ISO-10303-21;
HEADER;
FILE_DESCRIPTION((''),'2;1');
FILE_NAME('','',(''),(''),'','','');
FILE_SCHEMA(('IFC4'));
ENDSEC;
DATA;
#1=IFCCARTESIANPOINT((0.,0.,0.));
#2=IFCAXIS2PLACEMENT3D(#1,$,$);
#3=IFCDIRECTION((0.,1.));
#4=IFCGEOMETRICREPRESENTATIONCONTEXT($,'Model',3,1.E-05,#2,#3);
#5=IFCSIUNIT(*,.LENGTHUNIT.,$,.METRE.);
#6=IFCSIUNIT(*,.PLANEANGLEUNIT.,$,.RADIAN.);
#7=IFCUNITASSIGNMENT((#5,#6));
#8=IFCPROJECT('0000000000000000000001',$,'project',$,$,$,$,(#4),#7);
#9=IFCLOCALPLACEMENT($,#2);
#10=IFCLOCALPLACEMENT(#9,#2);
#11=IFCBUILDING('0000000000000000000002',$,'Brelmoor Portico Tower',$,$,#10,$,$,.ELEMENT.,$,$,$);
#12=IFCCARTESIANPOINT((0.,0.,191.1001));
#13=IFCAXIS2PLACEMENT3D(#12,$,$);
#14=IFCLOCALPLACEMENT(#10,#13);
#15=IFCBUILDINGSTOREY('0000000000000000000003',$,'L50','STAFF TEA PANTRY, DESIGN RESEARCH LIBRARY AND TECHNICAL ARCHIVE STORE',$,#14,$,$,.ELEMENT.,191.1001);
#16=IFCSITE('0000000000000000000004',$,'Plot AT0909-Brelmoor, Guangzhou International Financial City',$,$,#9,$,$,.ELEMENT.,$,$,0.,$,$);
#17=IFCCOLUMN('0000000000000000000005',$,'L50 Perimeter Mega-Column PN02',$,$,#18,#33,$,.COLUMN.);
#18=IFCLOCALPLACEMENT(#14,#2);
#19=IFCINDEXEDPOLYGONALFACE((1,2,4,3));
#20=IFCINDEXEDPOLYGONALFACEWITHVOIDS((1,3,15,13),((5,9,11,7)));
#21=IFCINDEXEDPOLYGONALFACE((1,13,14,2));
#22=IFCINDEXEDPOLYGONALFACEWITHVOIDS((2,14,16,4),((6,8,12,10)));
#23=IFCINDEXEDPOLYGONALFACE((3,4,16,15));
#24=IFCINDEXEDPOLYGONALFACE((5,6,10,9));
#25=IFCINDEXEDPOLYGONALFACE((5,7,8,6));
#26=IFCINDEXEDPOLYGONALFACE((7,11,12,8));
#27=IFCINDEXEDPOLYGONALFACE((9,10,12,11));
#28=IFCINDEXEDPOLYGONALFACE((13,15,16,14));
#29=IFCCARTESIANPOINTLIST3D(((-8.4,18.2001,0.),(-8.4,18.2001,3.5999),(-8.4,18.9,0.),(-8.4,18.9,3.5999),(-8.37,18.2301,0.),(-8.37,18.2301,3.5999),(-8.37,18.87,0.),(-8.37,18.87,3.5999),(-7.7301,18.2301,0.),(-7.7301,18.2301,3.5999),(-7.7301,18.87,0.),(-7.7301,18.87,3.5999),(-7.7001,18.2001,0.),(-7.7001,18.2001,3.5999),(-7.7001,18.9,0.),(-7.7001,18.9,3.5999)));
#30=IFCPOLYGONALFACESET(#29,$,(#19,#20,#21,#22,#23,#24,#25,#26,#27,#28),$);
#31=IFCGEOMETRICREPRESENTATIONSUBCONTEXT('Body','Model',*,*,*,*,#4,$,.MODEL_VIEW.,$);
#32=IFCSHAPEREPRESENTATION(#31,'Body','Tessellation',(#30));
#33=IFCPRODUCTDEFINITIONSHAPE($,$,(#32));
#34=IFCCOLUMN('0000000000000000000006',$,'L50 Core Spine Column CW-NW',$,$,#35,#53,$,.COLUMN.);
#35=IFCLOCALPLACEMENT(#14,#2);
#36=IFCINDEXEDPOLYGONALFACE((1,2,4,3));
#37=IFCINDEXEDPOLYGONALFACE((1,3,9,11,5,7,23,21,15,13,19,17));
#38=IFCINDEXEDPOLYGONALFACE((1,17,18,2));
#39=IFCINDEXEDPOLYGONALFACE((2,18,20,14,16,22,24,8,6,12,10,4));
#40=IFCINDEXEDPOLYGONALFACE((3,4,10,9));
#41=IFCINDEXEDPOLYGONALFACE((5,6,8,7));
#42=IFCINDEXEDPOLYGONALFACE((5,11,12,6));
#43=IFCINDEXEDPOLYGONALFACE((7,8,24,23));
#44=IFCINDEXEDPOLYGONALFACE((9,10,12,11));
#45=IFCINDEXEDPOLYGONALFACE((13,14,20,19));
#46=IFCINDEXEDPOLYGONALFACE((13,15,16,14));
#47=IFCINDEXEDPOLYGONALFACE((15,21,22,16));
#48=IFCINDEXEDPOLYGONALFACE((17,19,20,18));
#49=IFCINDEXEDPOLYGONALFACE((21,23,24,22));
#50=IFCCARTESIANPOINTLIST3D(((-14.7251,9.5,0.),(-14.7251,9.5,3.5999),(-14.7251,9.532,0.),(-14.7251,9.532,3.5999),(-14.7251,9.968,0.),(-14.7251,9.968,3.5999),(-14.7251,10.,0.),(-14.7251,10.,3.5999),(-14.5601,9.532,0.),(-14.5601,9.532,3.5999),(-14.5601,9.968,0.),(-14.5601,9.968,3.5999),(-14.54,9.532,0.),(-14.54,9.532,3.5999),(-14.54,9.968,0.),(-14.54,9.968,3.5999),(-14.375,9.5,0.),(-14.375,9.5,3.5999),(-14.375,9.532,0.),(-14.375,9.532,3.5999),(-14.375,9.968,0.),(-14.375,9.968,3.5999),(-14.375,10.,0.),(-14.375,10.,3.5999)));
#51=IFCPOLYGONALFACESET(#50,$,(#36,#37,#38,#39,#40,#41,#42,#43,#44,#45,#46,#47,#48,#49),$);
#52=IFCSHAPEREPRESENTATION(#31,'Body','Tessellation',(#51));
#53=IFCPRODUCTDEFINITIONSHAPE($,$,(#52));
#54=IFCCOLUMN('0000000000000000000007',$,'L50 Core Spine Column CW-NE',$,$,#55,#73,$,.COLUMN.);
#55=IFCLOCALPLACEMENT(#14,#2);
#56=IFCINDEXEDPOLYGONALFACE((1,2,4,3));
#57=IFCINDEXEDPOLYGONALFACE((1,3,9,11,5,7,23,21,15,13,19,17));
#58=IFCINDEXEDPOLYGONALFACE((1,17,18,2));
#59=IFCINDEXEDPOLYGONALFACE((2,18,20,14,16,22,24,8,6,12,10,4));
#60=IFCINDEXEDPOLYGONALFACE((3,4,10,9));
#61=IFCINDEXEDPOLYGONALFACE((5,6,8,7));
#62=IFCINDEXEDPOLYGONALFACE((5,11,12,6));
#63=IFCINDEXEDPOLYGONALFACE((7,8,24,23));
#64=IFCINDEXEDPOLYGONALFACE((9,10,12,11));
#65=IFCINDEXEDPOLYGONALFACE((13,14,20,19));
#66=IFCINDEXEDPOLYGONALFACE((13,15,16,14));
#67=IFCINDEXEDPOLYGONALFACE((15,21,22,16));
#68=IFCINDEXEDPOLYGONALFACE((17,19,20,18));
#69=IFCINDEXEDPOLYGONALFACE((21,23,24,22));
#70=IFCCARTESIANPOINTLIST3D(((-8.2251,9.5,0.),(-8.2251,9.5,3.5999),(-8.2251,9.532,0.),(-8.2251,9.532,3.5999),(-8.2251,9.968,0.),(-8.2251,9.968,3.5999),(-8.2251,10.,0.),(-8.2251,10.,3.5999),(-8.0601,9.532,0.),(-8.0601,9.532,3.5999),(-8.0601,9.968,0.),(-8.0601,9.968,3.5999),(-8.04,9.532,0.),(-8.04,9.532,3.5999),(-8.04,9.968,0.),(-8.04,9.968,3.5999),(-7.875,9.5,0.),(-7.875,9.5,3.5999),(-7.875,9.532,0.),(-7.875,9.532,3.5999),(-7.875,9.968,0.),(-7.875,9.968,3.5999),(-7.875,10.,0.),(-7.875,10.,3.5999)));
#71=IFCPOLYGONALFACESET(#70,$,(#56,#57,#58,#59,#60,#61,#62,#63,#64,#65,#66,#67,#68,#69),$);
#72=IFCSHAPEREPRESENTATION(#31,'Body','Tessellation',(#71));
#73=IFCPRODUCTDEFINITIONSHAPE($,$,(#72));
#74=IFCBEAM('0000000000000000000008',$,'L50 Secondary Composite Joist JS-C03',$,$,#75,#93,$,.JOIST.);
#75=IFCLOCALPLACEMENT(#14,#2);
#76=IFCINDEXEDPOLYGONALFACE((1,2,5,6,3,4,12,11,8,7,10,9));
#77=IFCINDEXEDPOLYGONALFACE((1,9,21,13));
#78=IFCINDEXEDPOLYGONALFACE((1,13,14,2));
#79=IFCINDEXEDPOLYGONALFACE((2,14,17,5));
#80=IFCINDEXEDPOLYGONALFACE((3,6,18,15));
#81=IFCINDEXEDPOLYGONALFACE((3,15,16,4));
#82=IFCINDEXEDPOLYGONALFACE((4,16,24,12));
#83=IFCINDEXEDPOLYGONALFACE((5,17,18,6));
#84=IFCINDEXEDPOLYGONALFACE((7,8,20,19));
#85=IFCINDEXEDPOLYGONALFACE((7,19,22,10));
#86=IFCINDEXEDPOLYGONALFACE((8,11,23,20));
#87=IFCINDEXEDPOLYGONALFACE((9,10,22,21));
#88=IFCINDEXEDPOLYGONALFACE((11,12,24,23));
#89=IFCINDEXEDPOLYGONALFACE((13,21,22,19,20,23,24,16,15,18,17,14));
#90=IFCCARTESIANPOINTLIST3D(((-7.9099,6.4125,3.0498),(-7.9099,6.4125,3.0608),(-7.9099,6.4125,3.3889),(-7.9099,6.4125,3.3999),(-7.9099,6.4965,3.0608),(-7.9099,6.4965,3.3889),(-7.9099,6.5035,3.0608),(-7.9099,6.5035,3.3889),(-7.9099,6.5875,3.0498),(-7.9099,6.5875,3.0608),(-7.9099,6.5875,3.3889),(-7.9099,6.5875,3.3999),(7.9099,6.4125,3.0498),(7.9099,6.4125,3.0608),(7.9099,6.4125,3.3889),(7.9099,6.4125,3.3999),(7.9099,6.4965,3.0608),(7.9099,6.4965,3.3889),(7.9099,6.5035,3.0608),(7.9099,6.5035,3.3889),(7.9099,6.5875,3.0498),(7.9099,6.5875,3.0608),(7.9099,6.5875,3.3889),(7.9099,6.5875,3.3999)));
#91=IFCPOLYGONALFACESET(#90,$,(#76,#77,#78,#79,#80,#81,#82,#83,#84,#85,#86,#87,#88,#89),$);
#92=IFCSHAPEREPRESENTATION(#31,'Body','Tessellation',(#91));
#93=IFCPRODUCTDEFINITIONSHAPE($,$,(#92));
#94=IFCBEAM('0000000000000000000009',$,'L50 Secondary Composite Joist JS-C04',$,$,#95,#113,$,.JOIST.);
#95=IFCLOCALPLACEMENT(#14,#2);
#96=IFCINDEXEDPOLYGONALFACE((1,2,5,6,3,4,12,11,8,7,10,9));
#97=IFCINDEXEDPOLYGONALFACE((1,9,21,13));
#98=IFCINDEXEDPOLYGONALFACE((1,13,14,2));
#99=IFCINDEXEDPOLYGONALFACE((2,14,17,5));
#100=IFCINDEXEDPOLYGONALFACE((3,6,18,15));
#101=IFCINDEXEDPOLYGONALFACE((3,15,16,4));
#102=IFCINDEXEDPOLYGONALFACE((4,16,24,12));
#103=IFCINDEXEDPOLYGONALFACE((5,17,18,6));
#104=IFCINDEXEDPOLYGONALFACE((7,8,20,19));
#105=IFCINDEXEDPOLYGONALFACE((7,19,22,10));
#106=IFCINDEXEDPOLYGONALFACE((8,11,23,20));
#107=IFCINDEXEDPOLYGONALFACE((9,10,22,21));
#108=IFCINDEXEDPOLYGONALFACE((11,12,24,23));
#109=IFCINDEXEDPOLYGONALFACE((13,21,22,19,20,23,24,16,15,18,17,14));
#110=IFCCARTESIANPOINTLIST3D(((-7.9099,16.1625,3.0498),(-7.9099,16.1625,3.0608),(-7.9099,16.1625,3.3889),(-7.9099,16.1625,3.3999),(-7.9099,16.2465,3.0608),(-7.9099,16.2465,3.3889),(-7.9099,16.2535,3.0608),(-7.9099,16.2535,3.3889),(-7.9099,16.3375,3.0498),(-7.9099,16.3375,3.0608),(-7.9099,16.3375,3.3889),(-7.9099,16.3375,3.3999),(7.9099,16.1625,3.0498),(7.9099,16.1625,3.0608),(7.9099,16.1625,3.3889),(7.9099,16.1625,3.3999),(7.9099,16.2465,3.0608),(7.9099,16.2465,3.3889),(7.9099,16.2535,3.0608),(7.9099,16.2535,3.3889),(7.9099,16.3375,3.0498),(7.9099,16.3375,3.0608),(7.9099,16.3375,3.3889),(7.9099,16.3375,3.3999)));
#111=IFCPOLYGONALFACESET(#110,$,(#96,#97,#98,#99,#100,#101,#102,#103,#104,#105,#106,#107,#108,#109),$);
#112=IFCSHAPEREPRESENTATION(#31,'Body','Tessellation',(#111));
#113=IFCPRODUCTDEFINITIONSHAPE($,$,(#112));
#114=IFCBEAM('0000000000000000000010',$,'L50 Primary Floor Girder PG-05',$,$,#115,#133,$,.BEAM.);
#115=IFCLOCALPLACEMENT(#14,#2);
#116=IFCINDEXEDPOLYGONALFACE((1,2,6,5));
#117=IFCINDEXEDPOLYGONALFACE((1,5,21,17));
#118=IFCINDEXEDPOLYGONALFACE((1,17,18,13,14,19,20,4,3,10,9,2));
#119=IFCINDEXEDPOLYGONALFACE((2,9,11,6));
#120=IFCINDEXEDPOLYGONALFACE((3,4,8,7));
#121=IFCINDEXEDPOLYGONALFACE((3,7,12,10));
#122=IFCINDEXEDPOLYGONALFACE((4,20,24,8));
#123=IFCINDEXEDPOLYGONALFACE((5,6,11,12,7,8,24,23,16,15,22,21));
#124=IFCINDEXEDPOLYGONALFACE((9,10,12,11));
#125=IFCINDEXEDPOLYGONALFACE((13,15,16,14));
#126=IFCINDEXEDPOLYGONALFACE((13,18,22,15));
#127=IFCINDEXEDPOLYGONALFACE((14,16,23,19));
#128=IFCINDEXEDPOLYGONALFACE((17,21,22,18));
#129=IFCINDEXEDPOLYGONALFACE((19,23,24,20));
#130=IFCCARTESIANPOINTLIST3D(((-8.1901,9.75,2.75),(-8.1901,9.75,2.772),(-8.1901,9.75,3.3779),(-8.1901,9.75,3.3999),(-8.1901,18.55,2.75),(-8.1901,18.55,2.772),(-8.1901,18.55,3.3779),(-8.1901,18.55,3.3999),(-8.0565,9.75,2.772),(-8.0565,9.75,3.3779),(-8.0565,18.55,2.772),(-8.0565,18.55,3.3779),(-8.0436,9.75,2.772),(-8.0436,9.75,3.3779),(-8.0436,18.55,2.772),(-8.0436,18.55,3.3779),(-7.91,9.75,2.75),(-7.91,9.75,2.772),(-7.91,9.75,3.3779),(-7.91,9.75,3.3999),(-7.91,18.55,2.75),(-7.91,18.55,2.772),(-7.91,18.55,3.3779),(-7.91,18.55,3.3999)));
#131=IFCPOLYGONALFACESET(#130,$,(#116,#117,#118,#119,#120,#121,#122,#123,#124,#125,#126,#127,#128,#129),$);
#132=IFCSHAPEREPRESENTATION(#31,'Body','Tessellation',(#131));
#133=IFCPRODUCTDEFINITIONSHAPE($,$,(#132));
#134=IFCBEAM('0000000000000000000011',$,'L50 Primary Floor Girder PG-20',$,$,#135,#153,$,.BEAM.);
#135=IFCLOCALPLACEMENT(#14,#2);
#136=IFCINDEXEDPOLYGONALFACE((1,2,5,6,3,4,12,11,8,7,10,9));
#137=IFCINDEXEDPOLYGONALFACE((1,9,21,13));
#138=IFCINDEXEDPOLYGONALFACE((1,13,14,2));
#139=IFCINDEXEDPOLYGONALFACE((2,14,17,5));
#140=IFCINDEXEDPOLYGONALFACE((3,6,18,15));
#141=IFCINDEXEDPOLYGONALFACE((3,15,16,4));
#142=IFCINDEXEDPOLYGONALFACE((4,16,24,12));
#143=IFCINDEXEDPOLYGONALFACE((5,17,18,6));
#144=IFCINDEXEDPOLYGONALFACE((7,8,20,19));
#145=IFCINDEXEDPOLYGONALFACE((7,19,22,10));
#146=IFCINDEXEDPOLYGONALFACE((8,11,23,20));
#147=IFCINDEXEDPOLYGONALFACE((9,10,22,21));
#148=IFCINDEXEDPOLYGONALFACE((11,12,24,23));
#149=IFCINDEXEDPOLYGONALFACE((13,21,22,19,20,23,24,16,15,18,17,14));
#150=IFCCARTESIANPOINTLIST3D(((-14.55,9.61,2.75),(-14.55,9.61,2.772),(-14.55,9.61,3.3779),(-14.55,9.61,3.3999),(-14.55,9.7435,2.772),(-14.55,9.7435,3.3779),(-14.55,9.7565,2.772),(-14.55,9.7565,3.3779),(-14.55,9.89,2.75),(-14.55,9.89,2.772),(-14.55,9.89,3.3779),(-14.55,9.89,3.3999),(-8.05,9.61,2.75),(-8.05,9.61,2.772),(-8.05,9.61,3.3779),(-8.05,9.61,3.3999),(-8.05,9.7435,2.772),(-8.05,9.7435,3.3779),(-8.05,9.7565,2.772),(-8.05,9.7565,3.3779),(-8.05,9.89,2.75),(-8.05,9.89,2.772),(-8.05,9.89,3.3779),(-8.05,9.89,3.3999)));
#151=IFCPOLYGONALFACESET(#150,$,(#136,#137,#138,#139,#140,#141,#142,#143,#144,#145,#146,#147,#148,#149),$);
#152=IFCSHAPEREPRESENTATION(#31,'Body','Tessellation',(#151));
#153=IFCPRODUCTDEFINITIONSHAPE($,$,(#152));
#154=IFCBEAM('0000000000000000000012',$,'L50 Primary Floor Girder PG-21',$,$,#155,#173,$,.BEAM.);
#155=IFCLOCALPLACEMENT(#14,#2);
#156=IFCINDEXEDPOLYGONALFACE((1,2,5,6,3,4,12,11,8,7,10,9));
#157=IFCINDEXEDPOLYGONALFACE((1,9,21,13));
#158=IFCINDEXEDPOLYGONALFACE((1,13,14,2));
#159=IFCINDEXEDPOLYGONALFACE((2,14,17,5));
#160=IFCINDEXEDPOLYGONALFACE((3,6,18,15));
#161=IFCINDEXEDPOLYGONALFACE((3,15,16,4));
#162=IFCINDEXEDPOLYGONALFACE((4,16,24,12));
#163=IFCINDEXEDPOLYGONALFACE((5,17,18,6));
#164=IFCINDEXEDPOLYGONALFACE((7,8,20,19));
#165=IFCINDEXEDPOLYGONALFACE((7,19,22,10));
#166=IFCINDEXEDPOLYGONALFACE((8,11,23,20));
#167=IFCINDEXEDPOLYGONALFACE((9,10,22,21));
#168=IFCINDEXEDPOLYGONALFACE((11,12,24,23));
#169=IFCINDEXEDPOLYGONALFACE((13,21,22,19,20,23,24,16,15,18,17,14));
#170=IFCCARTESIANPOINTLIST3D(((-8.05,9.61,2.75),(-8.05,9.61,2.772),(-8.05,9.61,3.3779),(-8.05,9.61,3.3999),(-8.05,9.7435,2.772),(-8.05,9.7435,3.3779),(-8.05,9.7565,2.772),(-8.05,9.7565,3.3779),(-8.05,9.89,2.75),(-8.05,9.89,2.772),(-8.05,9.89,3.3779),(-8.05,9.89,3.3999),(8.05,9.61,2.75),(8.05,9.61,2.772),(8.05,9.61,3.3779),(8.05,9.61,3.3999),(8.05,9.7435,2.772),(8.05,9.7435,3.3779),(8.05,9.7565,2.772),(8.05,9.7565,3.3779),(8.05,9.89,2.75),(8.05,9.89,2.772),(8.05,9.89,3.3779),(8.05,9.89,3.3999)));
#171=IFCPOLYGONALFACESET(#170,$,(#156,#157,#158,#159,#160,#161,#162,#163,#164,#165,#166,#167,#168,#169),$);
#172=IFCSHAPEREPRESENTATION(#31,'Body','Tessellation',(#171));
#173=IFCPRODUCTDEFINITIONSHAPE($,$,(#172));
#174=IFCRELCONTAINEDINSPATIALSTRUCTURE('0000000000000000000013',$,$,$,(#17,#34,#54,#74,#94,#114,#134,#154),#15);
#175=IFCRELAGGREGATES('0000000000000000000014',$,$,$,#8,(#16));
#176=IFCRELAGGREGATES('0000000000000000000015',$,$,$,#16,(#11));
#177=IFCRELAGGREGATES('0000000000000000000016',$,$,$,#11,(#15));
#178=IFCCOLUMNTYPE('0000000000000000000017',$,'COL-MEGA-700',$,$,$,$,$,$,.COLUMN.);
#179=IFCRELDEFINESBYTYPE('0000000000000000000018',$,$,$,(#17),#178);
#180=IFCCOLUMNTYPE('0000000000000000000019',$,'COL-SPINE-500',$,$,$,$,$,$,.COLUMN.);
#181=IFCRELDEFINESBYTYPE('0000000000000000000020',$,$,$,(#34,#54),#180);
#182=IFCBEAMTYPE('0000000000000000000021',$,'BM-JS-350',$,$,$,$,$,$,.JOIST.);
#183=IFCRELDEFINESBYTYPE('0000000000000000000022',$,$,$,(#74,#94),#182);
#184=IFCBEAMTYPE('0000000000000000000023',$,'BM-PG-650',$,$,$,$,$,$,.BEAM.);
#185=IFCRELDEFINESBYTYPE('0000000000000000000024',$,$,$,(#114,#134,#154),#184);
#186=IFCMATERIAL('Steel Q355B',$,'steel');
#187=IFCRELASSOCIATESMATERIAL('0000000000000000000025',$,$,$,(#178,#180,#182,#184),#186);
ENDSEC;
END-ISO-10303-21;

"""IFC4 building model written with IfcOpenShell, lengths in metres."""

from ifc_helpers import new_model, si_unit, direction, frame, origin, origin_2d, place, context, subcontext, project, spatial, hollow_rectangle, i_section, extrude, material, material_profile, profile_set, type_object, element, save


model = new_model("IFC4")

# Units and contexts
model_context = context("Model", 3, precision=1e-05, world=origin(), true_north=direction((0.0, 1.0)))
body_context = subcontext(model_context, "Body", "Model", "MODEL_VIEW")
ifc_project = project(units=[si_unit("LENGTHUNIT", "METRE"), si_unit("PLANEANGLEUNIT", "RADIAN")], contexts=[model_context])

# Site, building, storey
site_placement = place(None, origin())
site = spatial("IfcSite", under=ifc_project, at=site_placement, Name="Plot AT0909-Brelmoor, Guangzhou International Financial City", CompositionType="ELEMENT", RefElevation=0.0)
building_placement = place(site_placement, origin())
building = spatial("IfcBuilding", under=site, at=building_placement, Name="Brelmoor Portico Tower", CompositionType="ELEMENT")
storey_placement = place(building_placement, frame((0.0, 0.0, 191.1001)))
storey = spatial("IfcBuildingStorey", under=building, at=storey_placement, Name="L50", Description="STAFF TEA PANTRY, DESIGN RESEARCH LIBRARY AND TECHNICAL ARCHIVE STORE", CompositionType="ELEMENT", Elevation=191.1001)

# Columns
ifc_material_1 = material(Name="Steel Q355B", Category="steel")
ifc_material_profile_1 = material_profile(ifc_material_1, hollow_rectangle(XDim=0.7, YDim=0.7, WallThickness=0.03, at=origin_2d()), Name="BOX 700x700x30")
ifc_profile_set_1 = profile_set([ifc_material_profile_1], Name="Steel Q355B")
column_type_1 = type_object("IfcColumnType", Name="COL-MEGA-700", PredefinedType="COLUMN", material=ifc_profile_set_1)
column_placement = place(storey_placement, frame((-8.05, 18.55, 0.0), z_axis=(0.0, 0.0, 1.0), x_axis=(1.0, 0.0, 0.0)))
element("IfcColumn", 1, at=column_placement, inside=storey, type_object=column_type_1, Name="L50 Perimeter Mega-Column PN02", PredefinedType="COLUMN", context=body_context, shape_type="SweptSolid", body=[
    extrude(hollow_rectangle(XDim=0.7, YDim=0.7, WallThickness=0.03, at=origin_2d()), origin(), (0.0, 0.0, 1.0), 3.5999),
])
ifc_material_profile_2 = material_profile(ifc_material_1, i_section(OverallWidth=0.3501, OverallDepth=0.5, WebThickness=0.02, FlangeThickness=0.032, at=origin_2d()), Name="HW 500x350x20x32")
ifc_profile_set_2 = profile_set([ifc_material_profile_2], Name="Steel Q355B")
column_type_2 = type_object("IfcColumnType", Name="COL-SPINE-500", PredefinedType="COLUMN", material=ifc_profile_set_2)
for number, where, z_axis, x_axis, name in (
    (2, (-14.55, 9.75, 0.0), (0.0, 0.0, 1.0), (1.0, 0.0, 0.0), "L50 Core Spine Column CW-NW"),
    (3, (-8.05, 9.75, 0.0), (0.0, 0.0, 1.0), (1.0, 0.0, 0.0), "L50 Core Spine Column CW-NE"),
):
    element("IfcColumn", number, at=place(storey_placement, frame(where, z_axis=z_axis, x_axis=x_axis)), inside=storey, type_object=column_type_2, Name=name, PredefinedType="COLUMN", context=body_context, shape_type="SweptSolid", body=[
        extrude(i_section(OverallWidth=0.3501, OverallDepth=0.5, WebThickness=0.02, FlangeThickness=0.032, at=origin_2d()), origin(), (0.0, 0.0, 1.0), 3.5999),
    ])

# Beams
ifc_material_profile_3 = material_profile(ifc_material_1, i_section(OverallWidth=0.175, OverallDepth=0.3501, WebThickness=0.0071, FlangeThickness=0.011, at=origin_2d()), Name="HN 350x175x7x11")
ifc_profile_set_3 = profile_set([ifc_material_profile_3], Name="Steel Q355B")
beam_type_1 = type_object("IfcBeamType", Name="BM-JS-350", PredefinedType="JOIST", material=ifc_profile_set_3)
for number, where, z_axis, x_axis, name in (
    (4, (-7.9099, 6.5, 3.2249), (1.0, 0.0, 0.0), (0.0, 1.0, 0.0), "L50 Secondary Composite Joist JS-C03"),
    (5, (-7.9099, 16.25, 3.2249), (1.0, 0.0, 0.0), (0.0, 1.0, 0.0), "L50 Secondary Composite Joist JS-C04"),
):
    element("IfcBeam", number, at=place(storey_placement, frame(where, z_axis=z_axis, x_axis=x_axis)), inside=storey, type_object=beam_type_1, Name=name, PredefinedType="JOIST", context=body_context, shape_type="SweptSolid", body=[
        extrude(i_section(OverallWidth=0.175, OverallDepth=0.3501, WebThickness=0.0071, FlangeThickness=0.011, at=origin_2d()), origin(), (0.0, 0.0, 1.0), 15.8198),
    ])
ifc_material_profile_4 = material_profile(ifc_material_1, i_section(OverallWidth=0.28, OverallDepth=0.6499, WebThickness=0.0129, FlangeThickness=0.022, at=origin_2d()), Name="HN 650x280x13x22")
ifc_profile_set_4 = profile_set([ifc_material_profile_4], Name="Steel Q355B")
beam_type_2 = type_object("IfcBeamType", Name="BM-PG-650", PredefinedType="BEAM", material=ifc_profile_set_4)
beam_1_placement = place(storey_placement, frame((-8.05, 9.75, 3.075), z_axis=(0.0, 1.0, 0.0), x_axis=(-1.0, 0.0, 0.0)))
element("IfcBeam", 6, at=beam_1_placement, inside=storey, type_object=beam_type_2, Name="L50 Primary Floor Girder PG-05", PredefinedType="BEAM", context=body_context, shape_type="SweptSolid", body=[
    extrude(i_section(OverallWidth=0.28, OverallDepth=0.6499, WebThickness=0.0129, FlangeThickness=0.022, at=origin_2d()), origin(), (0.0, 0.0, 1.0), 8.8),
])
beam_2_placement = place(storey_placement, frame((-14.55, 9.75, 3.075), z_axis=(1.0, 0.0, 0.0), x_axis=(0.0, 1.0, 0.0)))
element("IfcBeam", 7, at=beam_2_placement, inside=storey, type_object=beam_type_2, Name="L50 Primary Floor Girder PG-20", PredefinedType="BEAM", context=body_context, shape_type="SweptSolid", body=[
    extrude(i_section(OverallWidth=0.28, OverallDepth=0.6499, WebThickness=0.0129, FlangeThickness=0.022, at=origin_2d()), origin(), (0.0, 0.0, 1.0), 6.5),
])
beam_3_placement = place(storey_placement, frame((-8.05, 9.75, 3.075), z_axis=(1.0, 0.0, 0.0), x_axis=(0.0, 1.0, 0.0)))
element("IfcBeam", 8, at=beam_3_placement, inside=storey, type_object=beam_type_2, Name="L50 Primary Floor Girder PG-21", PredefinedType="BEAM", context=body_context, shape_type="SweptSolid", body=[
    extrude(i_section(OverallWidth=0.28, OverallDepth=0.6499, WebThickness=0.0129, FlangeThickness=0.022, at=origin_2d()), origin(), (0.0, 0.0, 1.0), 16.1001),
])

save(model, "model.ifc")
